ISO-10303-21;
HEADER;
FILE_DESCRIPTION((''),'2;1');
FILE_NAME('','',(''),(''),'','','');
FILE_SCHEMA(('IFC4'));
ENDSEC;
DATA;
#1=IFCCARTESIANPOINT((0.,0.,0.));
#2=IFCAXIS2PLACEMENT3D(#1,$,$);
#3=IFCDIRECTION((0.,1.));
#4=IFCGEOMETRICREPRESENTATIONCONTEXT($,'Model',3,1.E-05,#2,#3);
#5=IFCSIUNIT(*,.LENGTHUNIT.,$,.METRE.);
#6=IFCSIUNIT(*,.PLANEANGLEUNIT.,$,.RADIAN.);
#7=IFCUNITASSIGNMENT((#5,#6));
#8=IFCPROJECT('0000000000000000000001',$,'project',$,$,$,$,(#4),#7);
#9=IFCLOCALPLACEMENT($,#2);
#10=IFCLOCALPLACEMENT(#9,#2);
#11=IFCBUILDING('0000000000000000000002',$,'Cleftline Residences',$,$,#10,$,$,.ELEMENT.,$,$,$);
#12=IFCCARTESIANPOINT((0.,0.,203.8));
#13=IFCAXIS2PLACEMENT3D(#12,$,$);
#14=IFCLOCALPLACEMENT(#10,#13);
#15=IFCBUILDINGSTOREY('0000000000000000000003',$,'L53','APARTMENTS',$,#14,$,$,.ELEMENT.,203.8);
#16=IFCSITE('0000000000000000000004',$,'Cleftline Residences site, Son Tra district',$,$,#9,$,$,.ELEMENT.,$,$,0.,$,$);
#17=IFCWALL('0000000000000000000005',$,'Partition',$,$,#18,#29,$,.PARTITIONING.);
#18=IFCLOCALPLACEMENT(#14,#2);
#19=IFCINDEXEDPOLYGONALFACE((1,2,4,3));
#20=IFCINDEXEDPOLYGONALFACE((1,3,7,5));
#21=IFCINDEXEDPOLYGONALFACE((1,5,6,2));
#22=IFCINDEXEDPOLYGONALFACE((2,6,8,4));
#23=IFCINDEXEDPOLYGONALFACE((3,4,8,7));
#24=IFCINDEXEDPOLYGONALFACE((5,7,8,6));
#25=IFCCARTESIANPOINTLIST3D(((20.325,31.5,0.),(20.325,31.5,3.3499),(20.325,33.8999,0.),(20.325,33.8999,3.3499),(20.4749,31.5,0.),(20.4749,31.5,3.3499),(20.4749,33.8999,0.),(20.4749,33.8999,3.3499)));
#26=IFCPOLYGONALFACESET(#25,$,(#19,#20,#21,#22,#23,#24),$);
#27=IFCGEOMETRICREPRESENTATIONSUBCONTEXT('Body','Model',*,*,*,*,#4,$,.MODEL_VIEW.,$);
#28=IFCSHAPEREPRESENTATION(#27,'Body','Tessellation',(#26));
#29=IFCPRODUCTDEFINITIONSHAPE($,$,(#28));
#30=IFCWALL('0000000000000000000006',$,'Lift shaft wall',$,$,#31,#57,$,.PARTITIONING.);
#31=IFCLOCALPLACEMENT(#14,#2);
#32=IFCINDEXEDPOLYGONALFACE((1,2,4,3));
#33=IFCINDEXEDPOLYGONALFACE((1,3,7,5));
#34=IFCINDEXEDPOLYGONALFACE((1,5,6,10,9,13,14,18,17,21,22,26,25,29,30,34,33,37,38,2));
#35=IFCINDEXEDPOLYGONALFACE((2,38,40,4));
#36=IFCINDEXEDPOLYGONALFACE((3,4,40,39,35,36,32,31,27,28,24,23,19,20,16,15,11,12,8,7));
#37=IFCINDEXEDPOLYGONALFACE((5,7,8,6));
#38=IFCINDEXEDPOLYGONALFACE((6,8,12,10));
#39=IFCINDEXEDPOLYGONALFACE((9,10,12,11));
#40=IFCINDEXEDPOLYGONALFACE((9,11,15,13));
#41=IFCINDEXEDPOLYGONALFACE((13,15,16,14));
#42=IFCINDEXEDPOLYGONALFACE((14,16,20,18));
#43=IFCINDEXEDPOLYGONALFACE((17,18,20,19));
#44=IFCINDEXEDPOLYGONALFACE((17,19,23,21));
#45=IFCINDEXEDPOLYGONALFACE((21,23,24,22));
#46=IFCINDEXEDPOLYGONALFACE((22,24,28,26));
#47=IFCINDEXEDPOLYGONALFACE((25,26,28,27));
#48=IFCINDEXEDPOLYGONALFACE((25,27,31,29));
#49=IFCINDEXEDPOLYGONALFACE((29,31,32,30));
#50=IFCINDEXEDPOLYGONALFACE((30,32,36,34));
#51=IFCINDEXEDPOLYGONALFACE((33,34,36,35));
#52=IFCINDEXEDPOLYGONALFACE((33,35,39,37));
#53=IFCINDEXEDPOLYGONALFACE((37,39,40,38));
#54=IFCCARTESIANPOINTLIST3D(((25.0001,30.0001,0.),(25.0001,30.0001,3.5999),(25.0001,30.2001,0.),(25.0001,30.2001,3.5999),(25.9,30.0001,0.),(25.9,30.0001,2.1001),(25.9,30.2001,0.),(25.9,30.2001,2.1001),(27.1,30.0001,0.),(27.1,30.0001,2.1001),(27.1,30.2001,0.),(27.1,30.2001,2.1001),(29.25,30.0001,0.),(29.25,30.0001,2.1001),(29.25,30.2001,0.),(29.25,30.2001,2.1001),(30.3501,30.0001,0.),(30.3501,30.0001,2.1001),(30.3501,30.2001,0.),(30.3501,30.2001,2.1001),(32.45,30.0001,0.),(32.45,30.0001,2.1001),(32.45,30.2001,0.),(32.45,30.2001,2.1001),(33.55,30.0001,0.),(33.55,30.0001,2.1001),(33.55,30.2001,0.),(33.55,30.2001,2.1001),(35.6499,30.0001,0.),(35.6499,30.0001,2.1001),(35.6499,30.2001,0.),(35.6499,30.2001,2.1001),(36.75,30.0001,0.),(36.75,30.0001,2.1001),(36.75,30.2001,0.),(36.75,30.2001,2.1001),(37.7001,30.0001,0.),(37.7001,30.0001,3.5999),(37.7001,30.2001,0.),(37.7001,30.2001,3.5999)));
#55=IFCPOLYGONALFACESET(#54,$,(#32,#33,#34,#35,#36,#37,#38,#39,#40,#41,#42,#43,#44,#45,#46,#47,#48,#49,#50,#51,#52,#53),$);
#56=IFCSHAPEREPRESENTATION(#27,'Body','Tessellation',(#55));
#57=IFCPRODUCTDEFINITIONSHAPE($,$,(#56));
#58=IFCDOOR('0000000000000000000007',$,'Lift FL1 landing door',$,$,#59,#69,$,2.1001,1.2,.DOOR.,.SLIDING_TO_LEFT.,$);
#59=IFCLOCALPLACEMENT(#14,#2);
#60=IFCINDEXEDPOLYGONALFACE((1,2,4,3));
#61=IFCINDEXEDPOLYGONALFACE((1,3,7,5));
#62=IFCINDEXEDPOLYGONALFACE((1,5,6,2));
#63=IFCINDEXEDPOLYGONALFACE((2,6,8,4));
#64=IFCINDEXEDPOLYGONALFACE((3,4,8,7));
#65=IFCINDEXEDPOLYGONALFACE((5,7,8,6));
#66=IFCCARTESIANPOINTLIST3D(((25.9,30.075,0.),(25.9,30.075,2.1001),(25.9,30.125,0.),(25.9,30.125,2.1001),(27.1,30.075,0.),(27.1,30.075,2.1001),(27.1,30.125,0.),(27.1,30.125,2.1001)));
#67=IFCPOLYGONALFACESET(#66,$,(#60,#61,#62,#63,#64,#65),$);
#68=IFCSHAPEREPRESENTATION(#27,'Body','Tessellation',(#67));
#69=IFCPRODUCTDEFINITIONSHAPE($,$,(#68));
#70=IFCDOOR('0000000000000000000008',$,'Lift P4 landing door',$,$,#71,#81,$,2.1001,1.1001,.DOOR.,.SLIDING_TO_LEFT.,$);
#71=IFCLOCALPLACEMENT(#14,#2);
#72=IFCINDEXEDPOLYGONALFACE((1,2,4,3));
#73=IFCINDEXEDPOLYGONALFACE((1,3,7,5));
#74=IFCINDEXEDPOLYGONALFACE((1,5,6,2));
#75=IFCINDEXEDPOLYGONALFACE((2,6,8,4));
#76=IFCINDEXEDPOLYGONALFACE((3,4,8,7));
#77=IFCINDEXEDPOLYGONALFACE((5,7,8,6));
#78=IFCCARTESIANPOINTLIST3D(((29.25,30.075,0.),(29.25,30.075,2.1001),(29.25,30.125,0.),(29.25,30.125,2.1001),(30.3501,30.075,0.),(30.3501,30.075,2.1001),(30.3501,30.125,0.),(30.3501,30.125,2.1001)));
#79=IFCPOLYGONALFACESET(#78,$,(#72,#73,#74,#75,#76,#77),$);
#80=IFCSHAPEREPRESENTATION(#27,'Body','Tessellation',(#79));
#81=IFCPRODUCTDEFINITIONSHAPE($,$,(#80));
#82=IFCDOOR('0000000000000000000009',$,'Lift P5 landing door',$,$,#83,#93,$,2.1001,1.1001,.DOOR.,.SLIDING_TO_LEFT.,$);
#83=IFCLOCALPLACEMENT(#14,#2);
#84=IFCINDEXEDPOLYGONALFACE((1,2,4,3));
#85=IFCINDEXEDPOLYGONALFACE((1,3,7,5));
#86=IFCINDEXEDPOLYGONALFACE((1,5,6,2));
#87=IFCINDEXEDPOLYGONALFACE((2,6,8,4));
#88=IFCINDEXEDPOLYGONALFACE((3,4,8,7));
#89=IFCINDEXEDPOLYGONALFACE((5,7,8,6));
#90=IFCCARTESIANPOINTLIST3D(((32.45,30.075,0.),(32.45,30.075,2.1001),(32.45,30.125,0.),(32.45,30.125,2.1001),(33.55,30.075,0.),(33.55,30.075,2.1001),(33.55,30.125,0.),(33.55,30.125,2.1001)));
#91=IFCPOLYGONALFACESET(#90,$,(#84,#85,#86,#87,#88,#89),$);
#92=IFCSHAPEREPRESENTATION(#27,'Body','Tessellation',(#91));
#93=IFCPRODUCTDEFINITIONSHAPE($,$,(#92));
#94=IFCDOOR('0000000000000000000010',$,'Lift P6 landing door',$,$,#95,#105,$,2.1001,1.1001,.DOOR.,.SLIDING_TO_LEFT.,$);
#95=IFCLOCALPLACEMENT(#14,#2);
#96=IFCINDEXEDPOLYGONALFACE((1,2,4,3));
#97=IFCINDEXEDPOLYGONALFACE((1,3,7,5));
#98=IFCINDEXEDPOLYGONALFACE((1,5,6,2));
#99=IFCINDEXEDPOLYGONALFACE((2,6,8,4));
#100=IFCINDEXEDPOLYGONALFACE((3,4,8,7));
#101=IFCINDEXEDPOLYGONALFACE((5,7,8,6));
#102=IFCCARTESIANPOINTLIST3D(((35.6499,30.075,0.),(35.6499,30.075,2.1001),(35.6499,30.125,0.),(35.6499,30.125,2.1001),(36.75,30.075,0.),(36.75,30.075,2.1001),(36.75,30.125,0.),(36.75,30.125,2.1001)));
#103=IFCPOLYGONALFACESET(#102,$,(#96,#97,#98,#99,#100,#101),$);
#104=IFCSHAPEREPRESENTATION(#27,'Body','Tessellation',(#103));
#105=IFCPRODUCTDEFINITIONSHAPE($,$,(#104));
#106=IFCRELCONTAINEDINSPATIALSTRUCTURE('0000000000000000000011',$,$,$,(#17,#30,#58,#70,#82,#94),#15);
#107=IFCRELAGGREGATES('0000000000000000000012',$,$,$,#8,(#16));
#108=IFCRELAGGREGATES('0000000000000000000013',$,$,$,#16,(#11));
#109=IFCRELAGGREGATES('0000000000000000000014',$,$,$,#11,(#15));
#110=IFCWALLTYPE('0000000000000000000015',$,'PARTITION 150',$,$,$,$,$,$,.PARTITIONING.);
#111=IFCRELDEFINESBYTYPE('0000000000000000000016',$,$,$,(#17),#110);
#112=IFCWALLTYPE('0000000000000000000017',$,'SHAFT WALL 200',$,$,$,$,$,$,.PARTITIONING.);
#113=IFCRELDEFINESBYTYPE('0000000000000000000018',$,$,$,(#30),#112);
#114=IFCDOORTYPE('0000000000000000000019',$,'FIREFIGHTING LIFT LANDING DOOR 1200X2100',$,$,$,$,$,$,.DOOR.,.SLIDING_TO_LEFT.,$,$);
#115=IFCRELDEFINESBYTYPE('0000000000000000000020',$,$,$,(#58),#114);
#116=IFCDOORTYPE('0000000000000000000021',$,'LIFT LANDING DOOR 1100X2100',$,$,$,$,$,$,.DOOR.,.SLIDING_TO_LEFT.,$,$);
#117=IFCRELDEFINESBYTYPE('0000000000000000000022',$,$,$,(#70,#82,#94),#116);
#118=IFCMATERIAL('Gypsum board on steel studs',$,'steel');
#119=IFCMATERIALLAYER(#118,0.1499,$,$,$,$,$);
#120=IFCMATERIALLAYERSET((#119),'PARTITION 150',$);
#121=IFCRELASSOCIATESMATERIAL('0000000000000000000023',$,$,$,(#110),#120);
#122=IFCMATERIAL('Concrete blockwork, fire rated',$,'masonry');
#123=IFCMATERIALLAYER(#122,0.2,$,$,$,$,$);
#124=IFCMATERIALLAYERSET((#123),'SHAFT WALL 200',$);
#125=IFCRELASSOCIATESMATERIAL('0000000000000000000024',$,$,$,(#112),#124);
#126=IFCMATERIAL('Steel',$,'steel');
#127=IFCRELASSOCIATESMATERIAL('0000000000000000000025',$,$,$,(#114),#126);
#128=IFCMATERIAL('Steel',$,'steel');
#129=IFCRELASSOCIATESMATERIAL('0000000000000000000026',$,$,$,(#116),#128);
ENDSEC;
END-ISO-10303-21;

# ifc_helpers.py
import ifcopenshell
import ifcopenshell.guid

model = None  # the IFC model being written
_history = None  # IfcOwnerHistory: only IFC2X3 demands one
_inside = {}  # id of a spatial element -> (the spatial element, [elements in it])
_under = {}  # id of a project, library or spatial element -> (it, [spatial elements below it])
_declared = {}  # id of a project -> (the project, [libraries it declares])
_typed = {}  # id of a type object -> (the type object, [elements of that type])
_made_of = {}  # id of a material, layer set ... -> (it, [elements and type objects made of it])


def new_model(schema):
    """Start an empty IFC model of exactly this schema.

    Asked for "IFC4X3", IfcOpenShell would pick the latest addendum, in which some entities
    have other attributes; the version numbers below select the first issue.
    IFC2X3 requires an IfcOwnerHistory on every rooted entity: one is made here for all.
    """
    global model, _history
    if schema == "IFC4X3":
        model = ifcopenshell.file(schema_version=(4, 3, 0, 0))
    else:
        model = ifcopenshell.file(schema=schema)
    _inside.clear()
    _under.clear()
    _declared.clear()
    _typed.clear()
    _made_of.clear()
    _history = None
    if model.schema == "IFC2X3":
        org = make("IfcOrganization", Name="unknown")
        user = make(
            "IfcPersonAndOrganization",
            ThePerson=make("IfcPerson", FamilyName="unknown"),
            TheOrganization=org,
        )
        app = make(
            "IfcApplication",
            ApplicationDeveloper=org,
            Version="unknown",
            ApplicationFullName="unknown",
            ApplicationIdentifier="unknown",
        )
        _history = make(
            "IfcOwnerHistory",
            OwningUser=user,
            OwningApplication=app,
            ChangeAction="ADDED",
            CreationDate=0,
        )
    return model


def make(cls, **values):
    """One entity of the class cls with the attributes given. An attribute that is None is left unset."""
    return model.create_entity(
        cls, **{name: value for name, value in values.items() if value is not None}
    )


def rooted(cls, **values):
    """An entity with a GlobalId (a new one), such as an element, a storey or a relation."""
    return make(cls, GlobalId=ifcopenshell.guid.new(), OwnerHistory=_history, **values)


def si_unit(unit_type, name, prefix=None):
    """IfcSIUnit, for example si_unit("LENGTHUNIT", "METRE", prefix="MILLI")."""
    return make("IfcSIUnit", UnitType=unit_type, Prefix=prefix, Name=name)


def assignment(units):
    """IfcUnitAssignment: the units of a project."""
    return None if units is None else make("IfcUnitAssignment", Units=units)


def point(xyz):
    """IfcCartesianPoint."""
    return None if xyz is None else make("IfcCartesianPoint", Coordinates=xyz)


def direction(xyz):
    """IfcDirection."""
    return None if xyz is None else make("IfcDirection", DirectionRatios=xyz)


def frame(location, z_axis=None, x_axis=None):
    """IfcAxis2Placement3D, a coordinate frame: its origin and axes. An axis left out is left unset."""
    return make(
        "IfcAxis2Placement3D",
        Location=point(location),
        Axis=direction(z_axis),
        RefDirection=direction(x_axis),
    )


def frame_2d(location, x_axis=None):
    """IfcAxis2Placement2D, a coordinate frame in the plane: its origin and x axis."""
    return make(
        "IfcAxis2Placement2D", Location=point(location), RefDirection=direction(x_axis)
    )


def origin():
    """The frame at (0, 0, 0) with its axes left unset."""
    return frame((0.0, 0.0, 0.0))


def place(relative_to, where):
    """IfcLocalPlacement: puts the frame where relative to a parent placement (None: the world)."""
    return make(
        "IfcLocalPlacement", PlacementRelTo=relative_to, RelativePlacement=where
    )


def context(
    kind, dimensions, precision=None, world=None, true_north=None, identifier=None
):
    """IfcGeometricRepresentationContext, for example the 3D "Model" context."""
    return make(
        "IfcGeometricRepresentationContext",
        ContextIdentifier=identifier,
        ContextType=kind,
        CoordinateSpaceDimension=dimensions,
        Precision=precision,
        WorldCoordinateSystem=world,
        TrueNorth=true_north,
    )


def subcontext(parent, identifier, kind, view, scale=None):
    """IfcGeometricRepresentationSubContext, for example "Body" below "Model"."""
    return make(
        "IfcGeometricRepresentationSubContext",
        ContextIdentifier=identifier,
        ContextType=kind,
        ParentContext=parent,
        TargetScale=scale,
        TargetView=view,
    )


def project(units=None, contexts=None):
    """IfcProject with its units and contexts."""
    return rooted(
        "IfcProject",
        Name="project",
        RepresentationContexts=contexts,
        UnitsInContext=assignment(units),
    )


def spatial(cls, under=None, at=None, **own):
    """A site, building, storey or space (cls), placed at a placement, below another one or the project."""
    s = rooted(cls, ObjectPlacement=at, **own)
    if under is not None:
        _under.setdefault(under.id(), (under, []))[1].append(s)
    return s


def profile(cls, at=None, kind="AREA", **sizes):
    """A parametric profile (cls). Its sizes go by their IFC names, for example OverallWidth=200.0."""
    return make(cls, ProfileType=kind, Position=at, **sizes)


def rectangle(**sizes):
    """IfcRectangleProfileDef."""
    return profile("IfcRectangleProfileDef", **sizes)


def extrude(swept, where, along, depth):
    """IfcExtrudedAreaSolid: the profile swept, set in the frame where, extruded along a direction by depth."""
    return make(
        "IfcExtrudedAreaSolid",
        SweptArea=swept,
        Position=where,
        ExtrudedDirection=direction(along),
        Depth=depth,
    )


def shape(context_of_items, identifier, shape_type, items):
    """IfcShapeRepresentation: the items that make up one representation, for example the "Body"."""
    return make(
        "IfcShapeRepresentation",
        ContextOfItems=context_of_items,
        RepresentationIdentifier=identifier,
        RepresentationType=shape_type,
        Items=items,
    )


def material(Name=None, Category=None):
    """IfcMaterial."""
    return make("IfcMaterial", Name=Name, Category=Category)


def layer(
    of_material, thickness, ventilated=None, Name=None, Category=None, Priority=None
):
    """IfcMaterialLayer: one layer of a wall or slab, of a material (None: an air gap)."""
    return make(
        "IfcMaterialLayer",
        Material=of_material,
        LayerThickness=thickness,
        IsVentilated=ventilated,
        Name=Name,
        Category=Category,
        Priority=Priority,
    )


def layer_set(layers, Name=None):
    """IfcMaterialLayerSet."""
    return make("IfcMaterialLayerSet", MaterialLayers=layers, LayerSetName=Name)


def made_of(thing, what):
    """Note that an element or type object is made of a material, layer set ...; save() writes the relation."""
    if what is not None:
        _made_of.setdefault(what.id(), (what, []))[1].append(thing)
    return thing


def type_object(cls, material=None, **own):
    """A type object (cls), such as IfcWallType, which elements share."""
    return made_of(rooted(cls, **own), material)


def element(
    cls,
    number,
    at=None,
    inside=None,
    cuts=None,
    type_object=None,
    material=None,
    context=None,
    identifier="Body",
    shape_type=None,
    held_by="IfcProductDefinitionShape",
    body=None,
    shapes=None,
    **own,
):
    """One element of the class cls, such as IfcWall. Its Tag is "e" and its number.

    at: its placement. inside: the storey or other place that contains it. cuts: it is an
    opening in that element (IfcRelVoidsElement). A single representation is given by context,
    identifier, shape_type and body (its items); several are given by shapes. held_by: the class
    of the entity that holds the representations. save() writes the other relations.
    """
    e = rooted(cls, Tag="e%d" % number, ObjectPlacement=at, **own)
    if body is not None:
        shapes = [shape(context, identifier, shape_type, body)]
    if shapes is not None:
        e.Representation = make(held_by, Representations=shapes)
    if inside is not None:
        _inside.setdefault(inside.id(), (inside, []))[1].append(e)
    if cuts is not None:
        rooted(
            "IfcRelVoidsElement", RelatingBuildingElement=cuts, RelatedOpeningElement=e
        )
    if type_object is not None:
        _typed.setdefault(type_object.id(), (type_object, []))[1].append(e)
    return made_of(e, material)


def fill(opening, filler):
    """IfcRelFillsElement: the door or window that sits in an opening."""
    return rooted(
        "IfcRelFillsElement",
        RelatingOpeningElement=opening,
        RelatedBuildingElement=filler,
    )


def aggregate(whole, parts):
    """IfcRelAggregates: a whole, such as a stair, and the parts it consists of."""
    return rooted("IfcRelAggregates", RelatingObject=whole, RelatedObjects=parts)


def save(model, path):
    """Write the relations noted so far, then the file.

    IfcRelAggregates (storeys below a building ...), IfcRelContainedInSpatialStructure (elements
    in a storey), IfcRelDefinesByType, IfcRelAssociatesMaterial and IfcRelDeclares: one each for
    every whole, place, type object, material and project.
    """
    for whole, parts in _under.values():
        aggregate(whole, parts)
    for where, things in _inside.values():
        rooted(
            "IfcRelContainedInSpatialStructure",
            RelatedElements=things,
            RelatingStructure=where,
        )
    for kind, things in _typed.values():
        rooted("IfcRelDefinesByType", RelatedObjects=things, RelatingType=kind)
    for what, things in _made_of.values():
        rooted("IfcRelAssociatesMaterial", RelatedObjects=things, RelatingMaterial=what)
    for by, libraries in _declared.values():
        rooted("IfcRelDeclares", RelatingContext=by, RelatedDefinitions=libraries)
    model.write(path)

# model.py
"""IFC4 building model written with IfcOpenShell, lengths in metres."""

from ifc_helpers import new_model, si_unit, direction, frame, frame_2d, origin, place, context, subcontext, project, spatial, rectangle, extrude, material, layer, layer_set, type_object, element, fill, save


model = new_model("IFC4")

# Units and contexts
model_context = context("Model", 3, precision=1e-05, world=origin(), true_north=direction((0.0, 1.0)))
body_context = subcontext(model_context, "Body", "Model", "MODEL_VIEW")
ifc_project = project(units=[si_unit("LENGTHUNIT", "METRE"), si_unit("PLANEANGLEUNIT", "RADIAN")], contexts=[model_context])

# Site, building, storey
site_placement = place(None, origin())
site = spatial("IfcSite", under=ifc_project, at=site_placement, Name="Cleftline Residences site, Son Tra district", CompositionType="ELEMENT", RefElevation=0.0)
building_placement = place(site_placement, origin())
building = spatial("IfcBuilding", under=site, at=building_placement, Name="Cleftline Residences", CompositionType="ELEMENT")
storey_placement = place(building_placement, frame((0.0, 0.0, 203.8)))
storey = spatial("IfcBuildingStorey", under=building, at=storey_placement, Name="L53", Description="APARTMENTS", CompositionType="ELEMENT", Elevation=203.8)

# Shared definitions
ifc_material_1 = material(Name="Gypsum board on steel studs", Category="steel")
ifc_layer_1 = layer(ifc_material_1, 0.1499)
ifc_layer_set_1 = layer_set([ifc_layer_1], Name="PARTITION 150")
wall_type_1 = type_object("IfcWallType", Name="PARTITION 150", PredefinedType="PARTITIONING", material=ifc_layer_set_1)

# Wall
wall_1_placement = place(storey_placement, frame((20.3999, 31.5, 0.0), z_axis=(0.0, 0.0, 1.0), x_axis=(0.0, 1.0, 0.0)))
element("IfcWall", 1, at=wall_1_placement, inside=storey, type_object=wall_type_1, Name="Partition", PredefinedType="PARTITIONING", context=body_context, shape_type="SweptSolid", body=[
    extrude(rectangle(XDim=2.3999, YDim=0.1499, at=frame_2d((1.2, 0.0))), origin(), (0.0, 0.0, 1.0), 3.3499),
])

# Wall, openings, doors
ifc_material_2 = material(Name="Concrete blockwork, fire rated", Category="masonry")
ifc_layer_2 = layer(ifc_material_2, 0.2)
ifc_layer_set_2 = layer_set([ifc_layer_2], Name="SHAFT WALL 200")
wall_type_2 = type_object("IfcWallType", Name="SHAFT WALL 200", PredefinedType="PARTITIONING", material=ifc_layer_set_2)
wall_2_placement = place(storey_placement, frame((25.0, 30.1001, 0.0), z_axis=(0.0, 0.0, 1.0), x_axis=(1.0, 0.0, 0.0)))
wall_2 = element("IfcWall", 2, at=wall_2_placement, inside=storey, type_object=wall_type_2, Name="Lift shaft wall", PredefinedType="PARTITIONING", context=body_context, shape_type="SweptSolid", body=[
    extrude(rectangle(XDim=12.7, YDim=0.2, at=frame_2d((6.3501, 0.0))), origin(), (0.0, 0.0, 1.0), 3.5999),
])
opening_1_placement = place(wall_2_placement, frame((4.25, 0.0, 0.0)))
opening_1 = element("IfcOpeningElement", 3, at=opening_1_placement, cuts=wall_2, PredefinedType="OPENING", context=body_context, shape_type="SweptSolid", body=[
    extrude(rectangle(XDim=1.1001, YDim=2.1001, at=frame_2d((0.55, 1.05))), frame((0.0, 0.1099, 0.0), z_axis=(0.0, -1.0, 0.0), x_axis=(1.0, 0.0, 0.0)), (0.0, 0.0, 1.0), 0.22),
])
opening_2_placement = place(wall_2_placement, frame((7.45, 0.0, 0.0)))
opening_2 = element("IfcOpeningElement", 4, at=opening_2_placement, cuts=wall_2, PredefinedType="OPENING", context=body_context, shape_type="SweptSolid", body=[
    extrude(rectangle(XDim=1.1001, YDim=2.1001, at=frame_2d((0.55, 1.05))), frame((0.0, 0.1099, 0.0), z_axis=(0.0, -1.0, 0.0), x_axis=(1.0, 0.0, 0.0)), (0.0, 0.0, 1.0), 0.22),
])
opening_3_placement = place(wall_2_placement, frame((10.6499, 0.0, 0.0)))
opening_3 = element("IfcOpeningElement", 5, at=opening_3_placement, cuts=wall_2, PredefinedType="OPENING", context=body_context, shape_type="SweptSolid", body=[
    extrude(rectangle(XDim=1.1001, YDim=2.1001, at=frame_2d((0.55, 1.05))), frame((0.0, 0.1099, 0.0), z_axis=(0.0, -1.0, 0.0), x_axis=(1.0, 0.0, 0.0)), (0.0, 0.0, 1.0), 0.22),
])
opening_4_placement = place(wall_2_placement, frame((0.8999, 0.0, 0.0)))
opening_4 = element("IfcOpeningElement", 6, at=opening_4_placement, cuts=wall_2, PredefinedType="OPENING", context=body_context, shape_type="SweptSolid", body=[
    extrude(rectangle(XDim=1.2, YDim=2.1001, at=frame_2d((0.6001, 1.05))), frame((0.0, 0.1099, 0.0), z_axis=(0.0, -1.0, 0.0), x_axis=(1.0, 0.0, 0.0)), (0.0, 0.0, 1.0), 0.22),
])
ifc_material_3 = material(Name="Steel", Category="steel")
door_type_1 = type_object("IfcDoorType", Name="FIREFIGHTING LIFT LANDING DOOR 1200X2100", OperationType="SLIDING_TO_LEFT", PredefinedType="DOOR", material=ifc_material_3)
door_1_placement = place(opening_4_placement, origin())
door_1 = element("IfcDoor", 7, at=door_1_placement, inside=storey, type_object=door_type_1, Name="Lift FL1 landing door", OperationType="SLIDING_TO_LEFT", OverallHeight=2.1001, OverallWidth=1.2, PredefinedType="DOOR", context=body_context, shape_type="SweptSolid", body=[
    extrude(rectangle(XDim=1.2, YDim=2.1001, at=frame_2d((0.6001, 1.05))), frame((0.0, 0.0249, 0.0), z_axis=(0.0, -1.0, 0.0), x_axis=(1.0, 0.0, 0.0)), (0.0, 0.0, 1.0), 0.05),
])
fill(opening_4, door_1)
ifc_material_4 = material(Name="Steel", Category="steel")
door_type_2 = type_object("IfcDoorType", Name="LIFT LANDING DOOR 1100X2100", OperationType="SLIDING_TO_LEFT", PredefinedType="DOOR", material=ifc_material_4)
door_2_placement = place(opening_1_placement, origin())
door_2 = element("IfcDoor", 8, at=door_2_placement, inside=storey, type_object=door_type_2, Name="Lift P4 landing door", OperationType="SLIDING_TO_LEFT", OverallHeight=2.1001, OverallWidth=1.1001, PredefinedType="DOOR", context=body_context, shape_type="SweptSolid", body=[
    extrude(rectangle(XDim=1.1001, YDim=2.1001, at=frame_2d((0.55, 1.05))), frame((0.0, 0.0249, 0.0), z_axis=(0.0, -1.0, 0.0), x_axis=(1.0, 0.0, 0.0)), (0.0, 0.0, 1.0), 0.05),
])
fill(opening_1, door_2)
door_3_placement = place(opening_2_placement, origin())
door_3 = element("IfcDoor", 9, at=door_3_placement, inside=storey, type_object=door_type_2, Name="Lift P5 landing door", OperationType="SLIDING_TO_LEFT", OverallHeight=2.1001, OverallWidth=1.1001, PredefinedType="DOOR", context=body_context, shape_type="SweptSolid", body=[
    extrude(rectangle(XDim=1.1001, YDim=2.1001, at=frame_2d((0.55, 1.05))), frame((0.0, 0.0249, 0.0), z_axis=(0.0, -1.0, 0.0), x_axis=(1.0, 0.0, 0.0)), (0.0, 0.0, 1.0), 0.05),
])
fill(opening_2, door_3)
door_4_placement = place(opening_3_placement, origin())
door_4 = element("IfcDoor", 10, at=door_4_placement, inside=storey, type_object=door_type_2, Name="Lift P6 landing door", OperationType="SLIDING_TO_LEFT", OverallHeight=2.1001, OverallWidth=1.1001, PredefinedType="DOOR", context=body_context, shape_type="SweptSolid", body=[
    extrude(rectangle(XDim=1.1001, YDim=2.1001, at=frame_2d((0.55, 1.05))), frame((0.0, 0.0249, 0.0), z_axis=(0.0, -1.0, 0.0), x_axis=(1.0, 0.0, 0.0)), (0.0, 0.0, 1.0), 0.05),
])
fill(opening_3, door_4)

save(model, "model.ifc")
